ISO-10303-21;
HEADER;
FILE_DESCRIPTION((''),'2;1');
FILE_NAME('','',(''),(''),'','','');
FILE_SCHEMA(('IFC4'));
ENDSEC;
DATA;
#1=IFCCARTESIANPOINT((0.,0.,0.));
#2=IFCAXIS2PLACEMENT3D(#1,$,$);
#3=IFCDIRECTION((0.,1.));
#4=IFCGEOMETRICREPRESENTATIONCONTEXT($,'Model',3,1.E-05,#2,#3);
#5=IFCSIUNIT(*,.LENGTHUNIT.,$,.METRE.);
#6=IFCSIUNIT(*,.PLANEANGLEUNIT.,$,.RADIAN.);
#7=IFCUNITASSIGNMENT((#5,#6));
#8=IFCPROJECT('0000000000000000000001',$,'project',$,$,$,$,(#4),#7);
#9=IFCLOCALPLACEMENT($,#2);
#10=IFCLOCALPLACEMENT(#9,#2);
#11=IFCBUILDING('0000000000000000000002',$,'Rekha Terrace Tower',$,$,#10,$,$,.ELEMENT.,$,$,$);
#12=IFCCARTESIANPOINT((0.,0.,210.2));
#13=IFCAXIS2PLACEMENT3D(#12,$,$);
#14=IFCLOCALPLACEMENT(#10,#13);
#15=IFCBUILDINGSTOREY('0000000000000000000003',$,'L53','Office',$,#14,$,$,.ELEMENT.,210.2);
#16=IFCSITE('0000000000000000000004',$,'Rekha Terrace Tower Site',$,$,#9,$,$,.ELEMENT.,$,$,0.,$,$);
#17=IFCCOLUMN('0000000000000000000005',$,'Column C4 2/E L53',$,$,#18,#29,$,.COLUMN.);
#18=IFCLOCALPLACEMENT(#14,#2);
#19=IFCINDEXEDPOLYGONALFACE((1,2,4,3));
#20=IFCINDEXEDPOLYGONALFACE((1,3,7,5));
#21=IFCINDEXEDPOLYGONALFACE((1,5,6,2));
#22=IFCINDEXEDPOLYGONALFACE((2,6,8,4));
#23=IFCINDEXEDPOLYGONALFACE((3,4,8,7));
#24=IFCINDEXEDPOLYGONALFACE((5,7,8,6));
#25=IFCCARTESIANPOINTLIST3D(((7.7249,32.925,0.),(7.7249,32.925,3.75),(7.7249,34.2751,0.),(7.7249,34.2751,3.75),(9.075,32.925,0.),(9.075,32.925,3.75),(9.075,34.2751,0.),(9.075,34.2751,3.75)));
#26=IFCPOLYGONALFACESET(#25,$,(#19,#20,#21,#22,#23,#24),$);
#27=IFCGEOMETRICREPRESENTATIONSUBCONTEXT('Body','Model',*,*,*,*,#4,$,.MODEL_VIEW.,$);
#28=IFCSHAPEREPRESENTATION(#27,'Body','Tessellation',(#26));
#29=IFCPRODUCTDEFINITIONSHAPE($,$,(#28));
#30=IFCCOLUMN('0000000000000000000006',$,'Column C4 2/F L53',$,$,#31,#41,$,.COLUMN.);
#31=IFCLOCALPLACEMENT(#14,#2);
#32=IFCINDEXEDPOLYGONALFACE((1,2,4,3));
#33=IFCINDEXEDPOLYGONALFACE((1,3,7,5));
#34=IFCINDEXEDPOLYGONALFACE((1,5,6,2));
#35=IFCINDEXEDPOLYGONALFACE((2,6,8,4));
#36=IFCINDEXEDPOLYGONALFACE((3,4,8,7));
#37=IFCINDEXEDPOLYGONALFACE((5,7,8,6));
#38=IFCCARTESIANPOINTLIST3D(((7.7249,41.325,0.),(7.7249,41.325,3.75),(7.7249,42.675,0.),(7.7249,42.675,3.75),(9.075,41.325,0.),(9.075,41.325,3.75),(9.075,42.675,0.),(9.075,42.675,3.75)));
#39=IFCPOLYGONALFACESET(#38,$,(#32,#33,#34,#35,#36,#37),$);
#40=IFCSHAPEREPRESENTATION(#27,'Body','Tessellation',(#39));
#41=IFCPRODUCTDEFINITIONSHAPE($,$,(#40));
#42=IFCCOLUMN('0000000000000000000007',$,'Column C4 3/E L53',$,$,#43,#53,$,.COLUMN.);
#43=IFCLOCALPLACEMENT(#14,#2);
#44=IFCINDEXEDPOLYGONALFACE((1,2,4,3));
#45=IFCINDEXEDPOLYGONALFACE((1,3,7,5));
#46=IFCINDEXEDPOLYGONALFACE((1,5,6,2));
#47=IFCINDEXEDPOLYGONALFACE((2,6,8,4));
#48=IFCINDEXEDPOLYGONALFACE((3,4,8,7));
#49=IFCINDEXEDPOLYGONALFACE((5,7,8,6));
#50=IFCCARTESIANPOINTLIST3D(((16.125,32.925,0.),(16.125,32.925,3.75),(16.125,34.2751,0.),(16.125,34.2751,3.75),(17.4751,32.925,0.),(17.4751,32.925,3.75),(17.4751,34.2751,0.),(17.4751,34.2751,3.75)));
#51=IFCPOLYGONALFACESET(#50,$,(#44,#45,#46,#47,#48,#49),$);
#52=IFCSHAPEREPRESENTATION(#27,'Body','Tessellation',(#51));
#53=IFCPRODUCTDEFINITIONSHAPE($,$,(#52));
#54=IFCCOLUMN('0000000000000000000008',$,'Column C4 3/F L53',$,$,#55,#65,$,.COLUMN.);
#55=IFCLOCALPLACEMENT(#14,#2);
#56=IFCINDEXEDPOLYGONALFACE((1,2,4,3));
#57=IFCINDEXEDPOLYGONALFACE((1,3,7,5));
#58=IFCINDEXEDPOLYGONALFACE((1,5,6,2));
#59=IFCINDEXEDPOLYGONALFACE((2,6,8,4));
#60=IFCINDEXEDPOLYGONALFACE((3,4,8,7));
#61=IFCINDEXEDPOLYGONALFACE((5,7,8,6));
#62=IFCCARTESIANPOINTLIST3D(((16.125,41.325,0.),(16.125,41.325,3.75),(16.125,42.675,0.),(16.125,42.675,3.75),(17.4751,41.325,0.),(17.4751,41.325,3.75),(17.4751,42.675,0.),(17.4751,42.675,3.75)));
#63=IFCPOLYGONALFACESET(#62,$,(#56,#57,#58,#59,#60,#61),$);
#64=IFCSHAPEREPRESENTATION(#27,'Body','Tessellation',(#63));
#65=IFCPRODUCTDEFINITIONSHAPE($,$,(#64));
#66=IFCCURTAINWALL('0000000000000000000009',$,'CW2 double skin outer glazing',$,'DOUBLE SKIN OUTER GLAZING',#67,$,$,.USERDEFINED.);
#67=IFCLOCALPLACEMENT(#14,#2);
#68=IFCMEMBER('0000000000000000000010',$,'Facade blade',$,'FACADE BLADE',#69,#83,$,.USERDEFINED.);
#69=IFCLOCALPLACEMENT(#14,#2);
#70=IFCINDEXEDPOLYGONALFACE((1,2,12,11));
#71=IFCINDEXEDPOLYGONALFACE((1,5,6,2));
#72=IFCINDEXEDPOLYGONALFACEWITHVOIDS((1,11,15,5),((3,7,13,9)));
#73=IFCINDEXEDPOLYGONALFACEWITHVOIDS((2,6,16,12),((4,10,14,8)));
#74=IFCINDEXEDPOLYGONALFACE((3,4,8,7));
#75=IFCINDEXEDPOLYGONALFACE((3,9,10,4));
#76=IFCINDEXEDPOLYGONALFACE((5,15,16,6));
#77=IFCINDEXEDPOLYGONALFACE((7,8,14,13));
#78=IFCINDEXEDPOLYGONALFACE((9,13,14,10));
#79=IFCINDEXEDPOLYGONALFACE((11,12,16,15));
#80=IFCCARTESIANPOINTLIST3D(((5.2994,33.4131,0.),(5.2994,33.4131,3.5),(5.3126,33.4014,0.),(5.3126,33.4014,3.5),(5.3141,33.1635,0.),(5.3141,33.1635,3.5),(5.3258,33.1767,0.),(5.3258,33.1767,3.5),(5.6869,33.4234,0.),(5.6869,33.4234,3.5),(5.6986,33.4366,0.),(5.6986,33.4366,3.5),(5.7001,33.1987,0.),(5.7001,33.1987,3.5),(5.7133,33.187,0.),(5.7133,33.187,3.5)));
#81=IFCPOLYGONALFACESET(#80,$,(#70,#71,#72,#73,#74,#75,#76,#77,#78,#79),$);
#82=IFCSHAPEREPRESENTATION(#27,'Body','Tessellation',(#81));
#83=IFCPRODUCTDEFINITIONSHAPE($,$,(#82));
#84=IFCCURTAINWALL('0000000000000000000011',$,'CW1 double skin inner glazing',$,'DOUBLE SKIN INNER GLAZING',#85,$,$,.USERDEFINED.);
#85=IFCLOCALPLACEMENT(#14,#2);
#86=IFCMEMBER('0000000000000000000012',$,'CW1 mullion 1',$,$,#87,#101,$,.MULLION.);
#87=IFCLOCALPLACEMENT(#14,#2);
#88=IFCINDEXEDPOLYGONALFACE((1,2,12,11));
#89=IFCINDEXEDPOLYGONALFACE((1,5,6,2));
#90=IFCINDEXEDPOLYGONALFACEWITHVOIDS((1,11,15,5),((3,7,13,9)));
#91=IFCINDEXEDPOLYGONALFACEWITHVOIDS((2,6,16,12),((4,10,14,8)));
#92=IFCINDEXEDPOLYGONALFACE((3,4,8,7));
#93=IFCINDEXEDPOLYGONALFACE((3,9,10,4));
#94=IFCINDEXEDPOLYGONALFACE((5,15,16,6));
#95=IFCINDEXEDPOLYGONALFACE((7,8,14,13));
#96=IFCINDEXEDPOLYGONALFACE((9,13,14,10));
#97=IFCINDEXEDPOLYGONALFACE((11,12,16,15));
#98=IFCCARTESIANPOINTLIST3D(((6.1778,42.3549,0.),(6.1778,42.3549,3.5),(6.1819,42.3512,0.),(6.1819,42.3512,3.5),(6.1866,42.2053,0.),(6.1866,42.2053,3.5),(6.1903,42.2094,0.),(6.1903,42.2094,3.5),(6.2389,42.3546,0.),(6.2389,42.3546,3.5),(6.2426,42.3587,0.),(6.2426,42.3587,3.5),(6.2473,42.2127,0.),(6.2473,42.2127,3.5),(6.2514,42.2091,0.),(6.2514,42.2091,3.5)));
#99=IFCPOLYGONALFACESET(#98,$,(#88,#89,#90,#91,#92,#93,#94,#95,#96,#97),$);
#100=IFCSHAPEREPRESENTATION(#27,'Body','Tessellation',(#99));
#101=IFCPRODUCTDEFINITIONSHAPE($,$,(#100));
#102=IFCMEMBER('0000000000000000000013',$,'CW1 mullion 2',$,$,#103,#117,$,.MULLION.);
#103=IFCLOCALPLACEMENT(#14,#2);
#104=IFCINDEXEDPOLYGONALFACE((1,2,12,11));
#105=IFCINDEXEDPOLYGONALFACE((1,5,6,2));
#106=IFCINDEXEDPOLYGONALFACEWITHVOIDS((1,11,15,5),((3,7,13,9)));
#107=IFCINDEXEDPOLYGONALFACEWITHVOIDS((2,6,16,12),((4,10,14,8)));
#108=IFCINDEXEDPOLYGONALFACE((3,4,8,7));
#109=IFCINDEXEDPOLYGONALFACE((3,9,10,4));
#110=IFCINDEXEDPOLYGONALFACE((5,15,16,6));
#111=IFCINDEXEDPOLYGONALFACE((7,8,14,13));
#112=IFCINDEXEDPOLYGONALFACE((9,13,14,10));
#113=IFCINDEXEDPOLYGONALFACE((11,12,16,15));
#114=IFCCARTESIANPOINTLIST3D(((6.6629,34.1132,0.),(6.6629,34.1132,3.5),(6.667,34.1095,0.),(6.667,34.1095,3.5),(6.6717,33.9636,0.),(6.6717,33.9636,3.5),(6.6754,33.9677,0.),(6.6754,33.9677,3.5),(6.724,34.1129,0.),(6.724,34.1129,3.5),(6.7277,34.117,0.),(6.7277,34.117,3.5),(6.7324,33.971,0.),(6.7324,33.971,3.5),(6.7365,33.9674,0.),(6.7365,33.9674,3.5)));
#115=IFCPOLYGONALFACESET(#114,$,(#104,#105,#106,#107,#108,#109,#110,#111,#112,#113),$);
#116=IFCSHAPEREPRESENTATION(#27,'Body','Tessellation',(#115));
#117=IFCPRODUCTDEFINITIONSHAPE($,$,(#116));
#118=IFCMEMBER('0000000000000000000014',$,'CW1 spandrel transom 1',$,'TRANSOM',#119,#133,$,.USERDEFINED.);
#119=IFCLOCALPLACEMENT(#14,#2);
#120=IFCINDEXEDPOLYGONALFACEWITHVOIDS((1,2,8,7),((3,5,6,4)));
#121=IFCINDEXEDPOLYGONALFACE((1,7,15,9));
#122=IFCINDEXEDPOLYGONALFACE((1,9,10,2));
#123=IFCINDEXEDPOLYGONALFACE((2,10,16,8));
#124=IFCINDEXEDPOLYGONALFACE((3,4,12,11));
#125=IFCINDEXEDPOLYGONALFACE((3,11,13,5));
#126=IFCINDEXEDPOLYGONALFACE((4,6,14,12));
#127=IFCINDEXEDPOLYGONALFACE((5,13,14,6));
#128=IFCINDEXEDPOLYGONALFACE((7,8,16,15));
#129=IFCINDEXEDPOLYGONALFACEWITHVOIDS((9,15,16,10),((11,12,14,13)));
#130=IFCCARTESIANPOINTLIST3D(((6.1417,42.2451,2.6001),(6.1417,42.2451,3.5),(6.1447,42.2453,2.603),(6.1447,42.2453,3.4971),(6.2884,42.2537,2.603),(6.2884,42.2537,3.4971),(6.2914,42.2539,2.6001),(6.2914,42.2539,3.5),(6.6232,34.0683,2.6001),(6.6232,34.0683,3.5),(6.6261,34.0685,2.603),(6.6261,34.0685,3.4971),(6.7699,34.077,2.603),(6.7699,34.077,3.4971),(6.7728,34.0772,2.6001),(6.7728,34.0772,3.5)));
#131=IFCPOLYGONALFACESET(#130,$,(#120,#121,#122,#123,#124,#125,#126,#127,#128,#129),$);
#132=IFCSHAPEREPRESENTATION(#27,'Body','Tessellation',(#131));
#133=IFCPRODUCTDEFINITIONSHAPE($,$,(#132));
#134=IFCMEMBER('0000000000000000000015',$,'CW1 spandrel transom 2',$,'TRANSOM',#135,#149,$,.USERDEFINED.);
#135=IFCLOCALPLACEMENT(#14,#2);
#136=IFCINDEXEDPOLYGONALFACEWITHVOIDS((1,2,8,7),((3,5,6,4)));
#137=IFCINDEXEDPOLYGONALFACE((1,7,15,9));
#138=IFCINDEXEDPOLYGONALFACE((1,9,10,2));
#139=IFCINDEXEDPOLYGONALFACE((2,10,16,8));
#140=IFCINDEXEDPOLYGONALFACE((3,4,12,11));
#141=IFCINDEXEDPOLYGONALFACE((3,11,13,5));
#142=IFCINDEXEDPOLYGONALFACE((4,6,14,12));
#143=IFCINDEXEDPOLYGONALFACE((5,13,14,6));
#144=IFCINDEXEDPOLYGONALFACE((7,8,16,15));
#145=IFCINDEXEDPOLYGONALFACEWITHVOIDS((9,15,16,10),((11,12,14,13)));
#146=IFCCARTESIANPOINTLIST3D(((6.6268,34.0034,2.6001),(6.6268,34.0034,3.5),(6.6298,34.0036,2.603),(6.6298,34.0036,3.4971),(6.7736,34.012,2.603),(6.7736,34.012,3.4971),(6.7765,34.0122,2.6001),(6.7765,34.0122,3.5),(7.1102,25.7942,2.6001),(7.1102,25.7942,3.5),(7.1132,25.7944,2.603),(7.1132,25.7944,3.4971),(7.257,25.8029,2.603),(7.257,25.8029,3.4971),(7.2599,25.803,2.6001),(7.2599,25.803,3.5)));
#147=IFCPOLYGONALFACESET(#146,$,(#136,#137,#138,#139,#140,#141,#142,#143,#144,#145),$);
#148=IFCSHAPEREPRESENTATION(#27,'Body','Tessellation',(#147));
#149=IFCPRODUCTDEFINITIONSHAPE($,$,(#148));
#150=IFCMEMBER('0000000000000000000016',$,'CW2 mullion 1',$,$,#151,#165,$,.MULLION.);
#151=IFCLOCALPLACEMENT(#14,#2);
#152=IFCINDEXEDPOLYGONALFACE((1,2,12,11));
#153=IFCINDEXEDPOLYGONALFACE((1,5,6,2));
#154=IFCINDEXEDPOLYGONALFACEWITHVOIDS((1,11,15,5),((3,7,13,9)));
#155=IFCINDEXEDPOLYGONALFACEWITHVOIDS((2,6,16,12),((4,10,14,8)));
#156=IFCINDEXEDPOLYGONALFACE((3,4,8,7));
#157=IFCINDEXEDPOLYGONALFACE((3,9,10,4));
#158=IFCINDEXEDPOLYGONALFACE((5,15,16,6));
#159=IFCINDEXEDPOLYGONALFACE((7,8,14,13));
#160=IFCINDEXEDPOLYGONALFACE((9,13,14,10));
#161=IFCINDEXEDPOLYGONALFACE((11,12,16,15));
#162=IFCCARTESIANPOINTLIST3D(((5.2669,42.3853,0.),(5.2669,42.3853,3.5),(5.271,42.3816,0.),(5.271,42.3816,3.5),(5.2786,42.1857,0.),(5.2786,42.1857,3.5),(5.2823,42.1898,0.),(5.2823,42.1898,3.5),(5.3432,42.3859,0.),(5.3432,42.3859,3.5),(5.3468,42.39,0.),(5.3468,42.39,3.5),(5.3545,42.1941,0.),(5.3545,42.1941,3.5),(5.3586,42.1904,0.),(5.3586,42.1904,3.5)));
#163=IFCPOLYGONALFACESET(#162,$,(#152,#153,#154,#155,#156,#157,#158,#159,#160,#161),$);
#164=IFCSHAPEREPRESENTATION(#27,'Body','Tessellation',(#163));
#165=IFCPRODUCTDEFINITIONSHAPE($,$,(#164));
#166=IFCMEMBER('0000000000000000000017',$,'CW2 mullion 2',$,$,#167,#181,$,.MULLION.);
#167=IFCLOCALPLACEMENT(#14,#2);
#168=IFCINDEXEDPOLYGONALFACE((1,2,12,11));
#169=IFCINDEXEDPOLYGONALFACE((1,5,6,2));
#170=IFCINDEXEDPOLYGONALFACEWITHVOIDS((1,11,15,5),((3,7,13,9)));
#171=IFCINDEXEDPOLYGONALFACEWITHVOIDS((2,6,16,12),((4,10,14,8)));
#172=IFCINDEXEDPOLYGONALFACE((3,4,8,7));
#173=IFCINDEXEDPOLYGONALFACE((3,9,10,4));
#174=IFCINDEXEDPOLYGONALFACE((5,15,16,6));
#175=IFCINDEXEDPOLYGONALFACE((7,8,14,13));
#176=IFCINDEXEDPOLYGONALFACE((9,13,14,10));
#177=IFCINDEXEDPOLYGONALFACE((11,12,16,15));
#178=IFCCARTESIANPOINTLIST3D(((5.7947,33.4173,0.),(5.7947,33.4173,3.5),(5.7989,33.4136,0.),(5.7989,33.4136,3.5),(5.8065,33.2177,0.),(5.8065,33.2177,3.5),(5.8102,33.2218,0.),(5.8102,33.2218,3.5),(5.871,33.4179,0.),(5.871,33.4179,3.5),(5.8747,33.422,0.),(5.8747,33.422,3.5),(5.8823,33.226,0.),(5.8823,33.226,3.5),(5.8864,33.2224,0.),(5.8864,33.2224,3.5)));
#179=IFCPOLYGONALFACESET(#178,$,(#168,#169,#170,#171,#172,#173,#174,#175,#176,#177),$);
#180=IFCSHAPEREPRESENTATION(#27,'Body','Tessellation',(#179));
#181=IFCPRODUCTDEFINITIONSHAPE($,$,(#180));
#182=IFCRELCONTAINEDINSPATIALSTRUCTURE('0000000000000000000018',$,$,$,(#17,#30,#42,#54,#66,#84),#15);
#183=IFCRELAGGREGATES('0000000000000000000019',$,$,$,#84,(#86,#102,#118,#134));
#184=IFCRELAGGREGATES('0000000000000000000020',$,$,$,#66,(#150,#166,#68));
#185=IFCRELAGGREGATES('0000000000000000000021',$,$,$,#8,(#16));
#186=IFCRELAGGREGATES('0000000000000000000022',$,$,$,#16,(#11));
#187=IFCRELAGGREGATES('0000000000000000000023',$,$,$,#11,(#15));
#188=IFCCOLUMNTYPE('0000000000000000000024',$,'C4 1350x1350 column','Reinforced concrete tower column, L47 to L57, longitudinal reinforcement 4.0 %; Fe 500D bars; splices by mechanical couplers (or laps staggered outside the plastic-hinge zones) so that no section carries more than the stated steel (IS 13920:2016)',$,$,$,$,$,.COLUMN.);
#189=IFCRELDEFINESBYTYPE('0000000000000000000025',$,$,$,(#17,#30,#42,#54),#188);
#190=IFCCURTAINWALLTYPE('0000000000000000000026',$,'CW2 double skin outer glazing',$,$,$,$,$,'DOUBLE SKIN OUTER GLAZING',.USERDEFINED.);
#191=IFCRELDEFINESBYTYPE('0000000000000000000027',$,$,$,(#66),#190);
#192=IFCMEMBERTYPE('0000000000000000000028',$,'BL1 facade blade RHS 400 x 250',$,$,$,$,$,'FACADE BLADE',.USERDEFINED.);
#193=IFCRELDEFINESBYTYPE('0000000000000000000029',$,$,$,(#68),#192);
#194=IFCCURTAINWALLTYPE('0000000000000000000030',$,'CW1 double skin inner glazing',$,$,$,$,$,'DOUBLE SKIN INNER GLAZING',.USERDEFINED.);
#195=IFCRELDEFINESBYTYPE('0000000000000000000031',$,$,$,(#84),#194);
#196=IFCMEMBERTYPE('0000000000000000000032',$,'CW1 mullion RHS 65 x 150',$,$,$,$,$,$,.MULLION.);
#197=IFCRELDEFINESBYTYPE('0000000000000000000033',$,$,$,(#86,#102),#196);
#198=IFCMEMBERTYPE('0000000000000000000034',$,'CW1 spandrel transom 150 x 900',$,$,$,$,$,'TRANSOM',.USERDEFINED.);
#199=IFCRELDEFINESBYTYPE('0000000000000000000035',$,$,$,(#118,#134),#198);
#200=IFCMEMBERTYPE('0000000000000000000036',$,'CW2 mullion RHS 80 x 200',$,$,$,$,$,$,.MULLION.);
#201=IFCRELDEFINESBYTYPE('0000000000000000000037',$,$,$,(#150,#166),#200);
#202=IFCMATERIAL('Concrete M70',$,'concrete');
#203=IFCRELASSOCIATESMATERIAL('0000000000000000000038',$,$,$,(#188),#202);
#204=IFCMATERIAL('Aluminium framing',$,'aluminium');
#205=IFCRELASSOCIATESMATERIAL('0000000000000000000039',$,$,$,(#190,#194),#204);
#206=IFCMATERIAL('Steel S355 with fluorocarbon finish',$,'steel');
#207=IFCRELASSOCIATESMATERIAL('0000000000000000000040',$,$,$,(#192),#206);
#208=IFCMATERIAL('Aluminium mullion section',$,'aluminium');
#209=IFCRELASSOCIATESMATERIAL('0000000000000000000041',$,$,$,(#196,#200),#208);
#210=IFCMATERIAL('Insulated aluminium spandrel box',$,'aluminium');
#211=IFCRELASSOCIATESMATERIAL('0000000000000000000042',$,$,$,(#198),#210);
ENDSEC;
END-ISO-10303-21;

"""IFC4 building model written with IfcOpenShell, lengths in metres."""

from ifc_helpers import new_model, si_unit, direction, frame, origin, origin_2d, place, context, subcontext, project, spatial, rectangle, hollow_rectangle, extrude, material, material_profile, profile_set, type_object, element, aggregate, save


model = new_model("IFC4")

# Units and contexts
model_context = context("Model", 3, precision=1e-05, world=origin(), true_north=direction((0.0, 1.0)))
body_context = subcontext(model_context, "Body", "Model", "MODEL_VIEW")
ifc_project = project(units=[si_unit("LENGTHUNIT", "METRE"), si_unit("PLANEANGLEUNIT", "RADIAN")], contexts=[model_context])

# Site, building, storey
site_placement = place(None, origin())
site = spatial("IfcSite", under=ifc_project, at=site_placement, Name="Rekha Terrace Tower Site", CompositionType="ELEMENT", RefElevation=0.0)
building_placement = place(site_placement, origin())
building = spatial("IfcBuilding", under=site, at=building_placement, Name="Rekha Terrace Tower", CompositionType="ELEMENT")
storey_placement = place(building_placement, frame((0.0, 0.0, 210.2)))
storey = spatial("IfcBuildingStorey", under=building, at=storey_placement, Name="L53", Description="Office", CompositionType="ELEMENT", Elevation=210.2)

# Columns
ifc_material_1 = material(Name="Concrete M70", Category="concrete")
ifc_material_profile_1 = material_profile(ifc_material_1, rectangle(XDim=1.3501, YDim=1.3501, at=origin_2d()), Name="RC 1350x1350")
ifc_profile_set_1 = profile_set([ifc_material_profile_1], Name="Concrete M70")
column_type = type_object("IfcColumnType", Name="C4 1350x1350 column", Description="Reinforced concrete tower column, L47 to L57, longitudinal reinforcement 4.0 %; Fe 500D bars; splices by mechanical couplers (or laps staggered outside the plastic-hinge zones) so that no section carries more than the stated steel (IS 13920:2016)", PredefinedType="COLUMN", material=ifc_profile_set_1)
for number, where, z_axis, x_axis, name in (
    (1, (8.3999, 33.6001, 0.0), (0.0, 0.0, 1.0), (1.0, 0.0, 0.0), "Column C4 2/E L53"),
    (2, (8.3999, 42.0, 0.0), (0.0, 0.0, 1.0), (1.0, 0.0, 0.0), "Column C4 2/F L53"),
    (3, (16.8, 33.6001, 0.0), (0.0, 0.0, 1.0), (1.0, 0.0, 0.0), "Column C4 3/E L53"),
    (4, (16.8, 42.0, 0.0), (0.0, 0.0, 1.0), (1.0, 0.0, 0.0), "Column C4 3/F L53"),
):
    element("IfcColumn", number, at=place(storey_placement, frame(where, z_axis=z_axis, x_axis=x_axis)), inside=storey, type_object=column_type, Name=name, PredefinedType="COLUMN", context=body_context, shape_type="SweptSolid", body=[
        extrude(rectangle(XDim=1.3501, YDim=1.3501, at=origin_2d()), origin(), (0.0, 0.0, 1.0), 3.75),
    ])

# Curtain wall, member
ifc_material_2 = material(Name="Aluminium framing", Category="aluminium")
curtain_wall_type_1 = type_object("IfcCurtainWallType", Name="CW2 double skin outer glazing", ElementType="DOUBLE SKIN OUTER GLAZING", PredefinedType="USERDEFINED", material=ifc_material_2)
curtain_wall_1_placement = place(storey_placement, origin())
curtain_wall_1 = element("IfcCurtainWall", 5, at=curtain_wall_1_placement, inside=storey, type_object=curtain_wall_type_1, Name="CW2 double skin outer glazing", ObjectType="DOUBLE SKIN OUTER GLAZING", PredefinedType="USERDEFINED")
ifc_material_3 = material(Name="Steel S355 with fluorocarbon finish", Category="steel")
ifc_material_profile_2 = material_profile(ifc_material_3, hollow_rectangle(XDim=0.25, YDim=0.3999, WallThickness=0.0125, at=origin_2d()), Name="RHS400x250x12.5")
ifc_profile_set_2 = profile_set([ifc_material_profile_2], Name="Steel S355 with fluorocarbon finish")
member_type_1 = type_object("IfcMemberType", Name="BL1 facade blade RHS 400 x 250", ElementType="FACADE BLADE", PredefinedType="USERDEFINED", material=ifc_profile_set_2)
member_1_placement = place(storey_placement, frame((5.5063, 33.3, 0.0), z_axis=(0.0, 0.0, 1.0), x_axis=(0.058765, -0.998272, 0.0)))
member_1 = element("IfcMember", 6, at=member_1_placement, type_object=member_type_1, Name="Facade blade", ObjectType="FACADE BLADE", PredefinedType="USERDEFINED", context=body_context, shape_type="SweptSolid", body=[
    extrude(hollow_rectangle(XDim=0.25, YDim=0.3999, WallThickness=0.0125, at=origin_2d()), origin(), (0.0, 0.0, 1.0), 3.5),
])

# Curtain wall, members
curtain_wall_type_2 = type_object("IfcCurtainWallType", Name="CW1 double skin inner glazing", ElementType="DOUBLE SKIN INNER GLAZING", PredefinedType="USERDEFINED", material=ifc_material_2)
curtain_wall_2_placement = place(storey_placement, origin())
curtain_wall_2 = element("IfcCurtainWall", 7, at=curtain_wall_2_placement, inside=storey, type_object=curtain_wall_type_2, Name="CW1 double skin inner glazing", ObjectType="DOUBLE SKIN INNER GLAZING", PredefinedType="USERDEFINED")
ifc_material_4 = material(Name="Aluminium mullion section", Category="aluminium")
ifc_material_profile_3 = material_profile(ifc_material_4, hollow_rectangle(XDim=0.0649, YDim=0.1499, WallThickness=0.0039, at=origin_2d()), Name="AL RHS 65x150")
ifc_profile_set_3 = profile_set([ifc_material_profile_3], Name="Aluminium mullion section")
member_type_2 = type_object("IfcMemberType", Name="CW1 mullion RHS 65 x 150", PredefinedType="MULLION", material=ifc_profile_set_3)
member_2_placement = place(storey_placement, frame((6.2146, 42.282, 0.0), z_axis=(0.0, 0.0, 1.0), x_axis=(0.998272, 0.058765, 0.0)))
member_2 = element("IfcMember", 8, at=member_2_placement, type_object=member_type_2, Name="CW1 mullion 1", PredefinedType="MULLION", context=body_context, shape_type="SweptSolid", body=[
    extrude(hollow_rectangle(XDim=0.0649, YDim=0.1499, WallThickness=0.0039, at=origin_2d()), origin(), (0.0, 0.0, 1.0), 3.5),
])
member_3_placement = place(storey_placement, frame((6.6997, 34.0403, 0.0), z_axis=(0.0, 0.0, 1.0), x_axis=(0.998272, 0.058765, 0.0)))
member_3 = element("IfcMember", 9, at=member_3_placement, type_object=member_type_2, Name="CW1 mullion 2", PredefinedType="MULLION", context=body_context, shape_type="SweptSolid", body=[
    extrude(hollow_rectangle(XDim=0.0649, YDim=0.1499, WallThickness=0.0039, at=origin_2d()), origin(), (0.0, 0.0, 1.0), 3.5),
])
ifc_material_5 = material(Name="Insulated aluminium spandrel box", Category="aluminium")
ifc_material_profile_4 = material_profile(ifc_material_5, hollow_rectangle(XDim=0.1499, YDim=0.8999, WallThickness=0.0029, at=origin_2d()), Name="AL SPANDREL BOX 150x900")
ifc_profile_set_4 = profile_set([ifc_material_profile_4], Name="Insulated aluminium spandrel box")
member_type_3 = type_object("IfcMemberType", Name="CW1 spandrel transom 150 x 900", ElementType="TRANSOM", PredefinedType="USERDEFINED", material=ifc_profile_set_4)
member_4_placement = place(storey_placement, frame((6.2166, 42.2495, 3.05), z_axis=(0.058778, -0.998271, 0.0), x_axis=(0.998271, 0.058778, 0.0)))
member_4 = element("IfcMember", 10, at=member_4_placement, type_object=member_type_3, Name="CW1 spandrel transom 1", ObjectType="TRANSOM", PredefinedType="USERDEFINED", context=body_context, shape_type="SweptSolid", body=[
    extrude(hollow_rectangle(XDim=0.1499, YDim=0.8999, WallThickness=0.0029, at=origin_2d()), origin(), (0.0, 0.0, 1.0), 8.1909),
])
member_5_placement = place(storey_placement, frame((6.7017, 34.0078, 3.05), z_axis=(0.058783, -0.998271, 0.0), x_axis=(0.998271, 0.058783, 0.0)))
member_5 = element("IfcMember", 11, at=member_5_placement, type_object=member_type_3, Name="CW1 spandrel transom 2", ObjectType="TRANSOM", PredefinedType="USERDEFINED", context=body_context, shape_type="SweptSolid", body=[
    extrude(hollow_rectangle(XDim=0.1499, YDim=0.8999, WallThickness=0.0029, at=origin_2d()), origin(), (0.0, 0.0, 1.0), 8.2234),
])

# Members
ifc_material_profile_5 = material_profile(ifc_material_4, hollow_rectangle(XDim=0.0801, YDim=0.2, WallThickness=0.0039, at=origin_2d()), Name="AL RHS 80x200")
ifc_profile_set_5 = profile_set([ifc_material_profile_5], Name="Aluminium mullion section")
member_type_4 = type_object("IfcMemberType", Name="CW2 mullion RHS 80 x 200", PredefinedType="MULLION", material=ifc_profile_set_5)
member_6_placement = place(storey_placement, frame((5.3127, 42.2878, 0.0), z_axis=(0.0, 0.0, 1.0), x_axis=(0.998272, 0.058765, 0.0)))
member_6 = element("IfcMember", 12, at=member_6_placement, type_object=member_type_4, Name="CW2 mullion 1", PredefinedType="MULLION", context=body_context, shape_type="SweptSolid", body=[
    extrude(hollow_rectangle(XDim=0.0801, YDim=0.2, WallThickness=0.0039, at=origin_2d()), origin(), (0.0, 0.0, 1.0), 3.5),
])
member_7_placement = place(storey_placement, frame((5.8406, 33.3198, 0.0), z_axis=(0.0, 0.0, 1.0), x_axis=(0.998272, 0.058765, 0.0)))
member_7 = element("IfcMember", 13, at=member_7_placement, type_object=member_type_4, Name="CW2 mullion 2", PredefinedType="MULLION", context=body_context, shape_type="SweptSolid", body=[
    extrude(hollow_rectangle(XDim=0.0801, YDim=0.2, WallThickness=0.0039, at=origin_2d()), origin(), (0.0, 0.0, 1.0), 3.5),
])

aggregate(curtain_wall_2, [member_2, member_3, member_4, member_5])
aggregate(curtain_wall_1, [member_6, member_7, member_1])

save(model, "model.ifc")
